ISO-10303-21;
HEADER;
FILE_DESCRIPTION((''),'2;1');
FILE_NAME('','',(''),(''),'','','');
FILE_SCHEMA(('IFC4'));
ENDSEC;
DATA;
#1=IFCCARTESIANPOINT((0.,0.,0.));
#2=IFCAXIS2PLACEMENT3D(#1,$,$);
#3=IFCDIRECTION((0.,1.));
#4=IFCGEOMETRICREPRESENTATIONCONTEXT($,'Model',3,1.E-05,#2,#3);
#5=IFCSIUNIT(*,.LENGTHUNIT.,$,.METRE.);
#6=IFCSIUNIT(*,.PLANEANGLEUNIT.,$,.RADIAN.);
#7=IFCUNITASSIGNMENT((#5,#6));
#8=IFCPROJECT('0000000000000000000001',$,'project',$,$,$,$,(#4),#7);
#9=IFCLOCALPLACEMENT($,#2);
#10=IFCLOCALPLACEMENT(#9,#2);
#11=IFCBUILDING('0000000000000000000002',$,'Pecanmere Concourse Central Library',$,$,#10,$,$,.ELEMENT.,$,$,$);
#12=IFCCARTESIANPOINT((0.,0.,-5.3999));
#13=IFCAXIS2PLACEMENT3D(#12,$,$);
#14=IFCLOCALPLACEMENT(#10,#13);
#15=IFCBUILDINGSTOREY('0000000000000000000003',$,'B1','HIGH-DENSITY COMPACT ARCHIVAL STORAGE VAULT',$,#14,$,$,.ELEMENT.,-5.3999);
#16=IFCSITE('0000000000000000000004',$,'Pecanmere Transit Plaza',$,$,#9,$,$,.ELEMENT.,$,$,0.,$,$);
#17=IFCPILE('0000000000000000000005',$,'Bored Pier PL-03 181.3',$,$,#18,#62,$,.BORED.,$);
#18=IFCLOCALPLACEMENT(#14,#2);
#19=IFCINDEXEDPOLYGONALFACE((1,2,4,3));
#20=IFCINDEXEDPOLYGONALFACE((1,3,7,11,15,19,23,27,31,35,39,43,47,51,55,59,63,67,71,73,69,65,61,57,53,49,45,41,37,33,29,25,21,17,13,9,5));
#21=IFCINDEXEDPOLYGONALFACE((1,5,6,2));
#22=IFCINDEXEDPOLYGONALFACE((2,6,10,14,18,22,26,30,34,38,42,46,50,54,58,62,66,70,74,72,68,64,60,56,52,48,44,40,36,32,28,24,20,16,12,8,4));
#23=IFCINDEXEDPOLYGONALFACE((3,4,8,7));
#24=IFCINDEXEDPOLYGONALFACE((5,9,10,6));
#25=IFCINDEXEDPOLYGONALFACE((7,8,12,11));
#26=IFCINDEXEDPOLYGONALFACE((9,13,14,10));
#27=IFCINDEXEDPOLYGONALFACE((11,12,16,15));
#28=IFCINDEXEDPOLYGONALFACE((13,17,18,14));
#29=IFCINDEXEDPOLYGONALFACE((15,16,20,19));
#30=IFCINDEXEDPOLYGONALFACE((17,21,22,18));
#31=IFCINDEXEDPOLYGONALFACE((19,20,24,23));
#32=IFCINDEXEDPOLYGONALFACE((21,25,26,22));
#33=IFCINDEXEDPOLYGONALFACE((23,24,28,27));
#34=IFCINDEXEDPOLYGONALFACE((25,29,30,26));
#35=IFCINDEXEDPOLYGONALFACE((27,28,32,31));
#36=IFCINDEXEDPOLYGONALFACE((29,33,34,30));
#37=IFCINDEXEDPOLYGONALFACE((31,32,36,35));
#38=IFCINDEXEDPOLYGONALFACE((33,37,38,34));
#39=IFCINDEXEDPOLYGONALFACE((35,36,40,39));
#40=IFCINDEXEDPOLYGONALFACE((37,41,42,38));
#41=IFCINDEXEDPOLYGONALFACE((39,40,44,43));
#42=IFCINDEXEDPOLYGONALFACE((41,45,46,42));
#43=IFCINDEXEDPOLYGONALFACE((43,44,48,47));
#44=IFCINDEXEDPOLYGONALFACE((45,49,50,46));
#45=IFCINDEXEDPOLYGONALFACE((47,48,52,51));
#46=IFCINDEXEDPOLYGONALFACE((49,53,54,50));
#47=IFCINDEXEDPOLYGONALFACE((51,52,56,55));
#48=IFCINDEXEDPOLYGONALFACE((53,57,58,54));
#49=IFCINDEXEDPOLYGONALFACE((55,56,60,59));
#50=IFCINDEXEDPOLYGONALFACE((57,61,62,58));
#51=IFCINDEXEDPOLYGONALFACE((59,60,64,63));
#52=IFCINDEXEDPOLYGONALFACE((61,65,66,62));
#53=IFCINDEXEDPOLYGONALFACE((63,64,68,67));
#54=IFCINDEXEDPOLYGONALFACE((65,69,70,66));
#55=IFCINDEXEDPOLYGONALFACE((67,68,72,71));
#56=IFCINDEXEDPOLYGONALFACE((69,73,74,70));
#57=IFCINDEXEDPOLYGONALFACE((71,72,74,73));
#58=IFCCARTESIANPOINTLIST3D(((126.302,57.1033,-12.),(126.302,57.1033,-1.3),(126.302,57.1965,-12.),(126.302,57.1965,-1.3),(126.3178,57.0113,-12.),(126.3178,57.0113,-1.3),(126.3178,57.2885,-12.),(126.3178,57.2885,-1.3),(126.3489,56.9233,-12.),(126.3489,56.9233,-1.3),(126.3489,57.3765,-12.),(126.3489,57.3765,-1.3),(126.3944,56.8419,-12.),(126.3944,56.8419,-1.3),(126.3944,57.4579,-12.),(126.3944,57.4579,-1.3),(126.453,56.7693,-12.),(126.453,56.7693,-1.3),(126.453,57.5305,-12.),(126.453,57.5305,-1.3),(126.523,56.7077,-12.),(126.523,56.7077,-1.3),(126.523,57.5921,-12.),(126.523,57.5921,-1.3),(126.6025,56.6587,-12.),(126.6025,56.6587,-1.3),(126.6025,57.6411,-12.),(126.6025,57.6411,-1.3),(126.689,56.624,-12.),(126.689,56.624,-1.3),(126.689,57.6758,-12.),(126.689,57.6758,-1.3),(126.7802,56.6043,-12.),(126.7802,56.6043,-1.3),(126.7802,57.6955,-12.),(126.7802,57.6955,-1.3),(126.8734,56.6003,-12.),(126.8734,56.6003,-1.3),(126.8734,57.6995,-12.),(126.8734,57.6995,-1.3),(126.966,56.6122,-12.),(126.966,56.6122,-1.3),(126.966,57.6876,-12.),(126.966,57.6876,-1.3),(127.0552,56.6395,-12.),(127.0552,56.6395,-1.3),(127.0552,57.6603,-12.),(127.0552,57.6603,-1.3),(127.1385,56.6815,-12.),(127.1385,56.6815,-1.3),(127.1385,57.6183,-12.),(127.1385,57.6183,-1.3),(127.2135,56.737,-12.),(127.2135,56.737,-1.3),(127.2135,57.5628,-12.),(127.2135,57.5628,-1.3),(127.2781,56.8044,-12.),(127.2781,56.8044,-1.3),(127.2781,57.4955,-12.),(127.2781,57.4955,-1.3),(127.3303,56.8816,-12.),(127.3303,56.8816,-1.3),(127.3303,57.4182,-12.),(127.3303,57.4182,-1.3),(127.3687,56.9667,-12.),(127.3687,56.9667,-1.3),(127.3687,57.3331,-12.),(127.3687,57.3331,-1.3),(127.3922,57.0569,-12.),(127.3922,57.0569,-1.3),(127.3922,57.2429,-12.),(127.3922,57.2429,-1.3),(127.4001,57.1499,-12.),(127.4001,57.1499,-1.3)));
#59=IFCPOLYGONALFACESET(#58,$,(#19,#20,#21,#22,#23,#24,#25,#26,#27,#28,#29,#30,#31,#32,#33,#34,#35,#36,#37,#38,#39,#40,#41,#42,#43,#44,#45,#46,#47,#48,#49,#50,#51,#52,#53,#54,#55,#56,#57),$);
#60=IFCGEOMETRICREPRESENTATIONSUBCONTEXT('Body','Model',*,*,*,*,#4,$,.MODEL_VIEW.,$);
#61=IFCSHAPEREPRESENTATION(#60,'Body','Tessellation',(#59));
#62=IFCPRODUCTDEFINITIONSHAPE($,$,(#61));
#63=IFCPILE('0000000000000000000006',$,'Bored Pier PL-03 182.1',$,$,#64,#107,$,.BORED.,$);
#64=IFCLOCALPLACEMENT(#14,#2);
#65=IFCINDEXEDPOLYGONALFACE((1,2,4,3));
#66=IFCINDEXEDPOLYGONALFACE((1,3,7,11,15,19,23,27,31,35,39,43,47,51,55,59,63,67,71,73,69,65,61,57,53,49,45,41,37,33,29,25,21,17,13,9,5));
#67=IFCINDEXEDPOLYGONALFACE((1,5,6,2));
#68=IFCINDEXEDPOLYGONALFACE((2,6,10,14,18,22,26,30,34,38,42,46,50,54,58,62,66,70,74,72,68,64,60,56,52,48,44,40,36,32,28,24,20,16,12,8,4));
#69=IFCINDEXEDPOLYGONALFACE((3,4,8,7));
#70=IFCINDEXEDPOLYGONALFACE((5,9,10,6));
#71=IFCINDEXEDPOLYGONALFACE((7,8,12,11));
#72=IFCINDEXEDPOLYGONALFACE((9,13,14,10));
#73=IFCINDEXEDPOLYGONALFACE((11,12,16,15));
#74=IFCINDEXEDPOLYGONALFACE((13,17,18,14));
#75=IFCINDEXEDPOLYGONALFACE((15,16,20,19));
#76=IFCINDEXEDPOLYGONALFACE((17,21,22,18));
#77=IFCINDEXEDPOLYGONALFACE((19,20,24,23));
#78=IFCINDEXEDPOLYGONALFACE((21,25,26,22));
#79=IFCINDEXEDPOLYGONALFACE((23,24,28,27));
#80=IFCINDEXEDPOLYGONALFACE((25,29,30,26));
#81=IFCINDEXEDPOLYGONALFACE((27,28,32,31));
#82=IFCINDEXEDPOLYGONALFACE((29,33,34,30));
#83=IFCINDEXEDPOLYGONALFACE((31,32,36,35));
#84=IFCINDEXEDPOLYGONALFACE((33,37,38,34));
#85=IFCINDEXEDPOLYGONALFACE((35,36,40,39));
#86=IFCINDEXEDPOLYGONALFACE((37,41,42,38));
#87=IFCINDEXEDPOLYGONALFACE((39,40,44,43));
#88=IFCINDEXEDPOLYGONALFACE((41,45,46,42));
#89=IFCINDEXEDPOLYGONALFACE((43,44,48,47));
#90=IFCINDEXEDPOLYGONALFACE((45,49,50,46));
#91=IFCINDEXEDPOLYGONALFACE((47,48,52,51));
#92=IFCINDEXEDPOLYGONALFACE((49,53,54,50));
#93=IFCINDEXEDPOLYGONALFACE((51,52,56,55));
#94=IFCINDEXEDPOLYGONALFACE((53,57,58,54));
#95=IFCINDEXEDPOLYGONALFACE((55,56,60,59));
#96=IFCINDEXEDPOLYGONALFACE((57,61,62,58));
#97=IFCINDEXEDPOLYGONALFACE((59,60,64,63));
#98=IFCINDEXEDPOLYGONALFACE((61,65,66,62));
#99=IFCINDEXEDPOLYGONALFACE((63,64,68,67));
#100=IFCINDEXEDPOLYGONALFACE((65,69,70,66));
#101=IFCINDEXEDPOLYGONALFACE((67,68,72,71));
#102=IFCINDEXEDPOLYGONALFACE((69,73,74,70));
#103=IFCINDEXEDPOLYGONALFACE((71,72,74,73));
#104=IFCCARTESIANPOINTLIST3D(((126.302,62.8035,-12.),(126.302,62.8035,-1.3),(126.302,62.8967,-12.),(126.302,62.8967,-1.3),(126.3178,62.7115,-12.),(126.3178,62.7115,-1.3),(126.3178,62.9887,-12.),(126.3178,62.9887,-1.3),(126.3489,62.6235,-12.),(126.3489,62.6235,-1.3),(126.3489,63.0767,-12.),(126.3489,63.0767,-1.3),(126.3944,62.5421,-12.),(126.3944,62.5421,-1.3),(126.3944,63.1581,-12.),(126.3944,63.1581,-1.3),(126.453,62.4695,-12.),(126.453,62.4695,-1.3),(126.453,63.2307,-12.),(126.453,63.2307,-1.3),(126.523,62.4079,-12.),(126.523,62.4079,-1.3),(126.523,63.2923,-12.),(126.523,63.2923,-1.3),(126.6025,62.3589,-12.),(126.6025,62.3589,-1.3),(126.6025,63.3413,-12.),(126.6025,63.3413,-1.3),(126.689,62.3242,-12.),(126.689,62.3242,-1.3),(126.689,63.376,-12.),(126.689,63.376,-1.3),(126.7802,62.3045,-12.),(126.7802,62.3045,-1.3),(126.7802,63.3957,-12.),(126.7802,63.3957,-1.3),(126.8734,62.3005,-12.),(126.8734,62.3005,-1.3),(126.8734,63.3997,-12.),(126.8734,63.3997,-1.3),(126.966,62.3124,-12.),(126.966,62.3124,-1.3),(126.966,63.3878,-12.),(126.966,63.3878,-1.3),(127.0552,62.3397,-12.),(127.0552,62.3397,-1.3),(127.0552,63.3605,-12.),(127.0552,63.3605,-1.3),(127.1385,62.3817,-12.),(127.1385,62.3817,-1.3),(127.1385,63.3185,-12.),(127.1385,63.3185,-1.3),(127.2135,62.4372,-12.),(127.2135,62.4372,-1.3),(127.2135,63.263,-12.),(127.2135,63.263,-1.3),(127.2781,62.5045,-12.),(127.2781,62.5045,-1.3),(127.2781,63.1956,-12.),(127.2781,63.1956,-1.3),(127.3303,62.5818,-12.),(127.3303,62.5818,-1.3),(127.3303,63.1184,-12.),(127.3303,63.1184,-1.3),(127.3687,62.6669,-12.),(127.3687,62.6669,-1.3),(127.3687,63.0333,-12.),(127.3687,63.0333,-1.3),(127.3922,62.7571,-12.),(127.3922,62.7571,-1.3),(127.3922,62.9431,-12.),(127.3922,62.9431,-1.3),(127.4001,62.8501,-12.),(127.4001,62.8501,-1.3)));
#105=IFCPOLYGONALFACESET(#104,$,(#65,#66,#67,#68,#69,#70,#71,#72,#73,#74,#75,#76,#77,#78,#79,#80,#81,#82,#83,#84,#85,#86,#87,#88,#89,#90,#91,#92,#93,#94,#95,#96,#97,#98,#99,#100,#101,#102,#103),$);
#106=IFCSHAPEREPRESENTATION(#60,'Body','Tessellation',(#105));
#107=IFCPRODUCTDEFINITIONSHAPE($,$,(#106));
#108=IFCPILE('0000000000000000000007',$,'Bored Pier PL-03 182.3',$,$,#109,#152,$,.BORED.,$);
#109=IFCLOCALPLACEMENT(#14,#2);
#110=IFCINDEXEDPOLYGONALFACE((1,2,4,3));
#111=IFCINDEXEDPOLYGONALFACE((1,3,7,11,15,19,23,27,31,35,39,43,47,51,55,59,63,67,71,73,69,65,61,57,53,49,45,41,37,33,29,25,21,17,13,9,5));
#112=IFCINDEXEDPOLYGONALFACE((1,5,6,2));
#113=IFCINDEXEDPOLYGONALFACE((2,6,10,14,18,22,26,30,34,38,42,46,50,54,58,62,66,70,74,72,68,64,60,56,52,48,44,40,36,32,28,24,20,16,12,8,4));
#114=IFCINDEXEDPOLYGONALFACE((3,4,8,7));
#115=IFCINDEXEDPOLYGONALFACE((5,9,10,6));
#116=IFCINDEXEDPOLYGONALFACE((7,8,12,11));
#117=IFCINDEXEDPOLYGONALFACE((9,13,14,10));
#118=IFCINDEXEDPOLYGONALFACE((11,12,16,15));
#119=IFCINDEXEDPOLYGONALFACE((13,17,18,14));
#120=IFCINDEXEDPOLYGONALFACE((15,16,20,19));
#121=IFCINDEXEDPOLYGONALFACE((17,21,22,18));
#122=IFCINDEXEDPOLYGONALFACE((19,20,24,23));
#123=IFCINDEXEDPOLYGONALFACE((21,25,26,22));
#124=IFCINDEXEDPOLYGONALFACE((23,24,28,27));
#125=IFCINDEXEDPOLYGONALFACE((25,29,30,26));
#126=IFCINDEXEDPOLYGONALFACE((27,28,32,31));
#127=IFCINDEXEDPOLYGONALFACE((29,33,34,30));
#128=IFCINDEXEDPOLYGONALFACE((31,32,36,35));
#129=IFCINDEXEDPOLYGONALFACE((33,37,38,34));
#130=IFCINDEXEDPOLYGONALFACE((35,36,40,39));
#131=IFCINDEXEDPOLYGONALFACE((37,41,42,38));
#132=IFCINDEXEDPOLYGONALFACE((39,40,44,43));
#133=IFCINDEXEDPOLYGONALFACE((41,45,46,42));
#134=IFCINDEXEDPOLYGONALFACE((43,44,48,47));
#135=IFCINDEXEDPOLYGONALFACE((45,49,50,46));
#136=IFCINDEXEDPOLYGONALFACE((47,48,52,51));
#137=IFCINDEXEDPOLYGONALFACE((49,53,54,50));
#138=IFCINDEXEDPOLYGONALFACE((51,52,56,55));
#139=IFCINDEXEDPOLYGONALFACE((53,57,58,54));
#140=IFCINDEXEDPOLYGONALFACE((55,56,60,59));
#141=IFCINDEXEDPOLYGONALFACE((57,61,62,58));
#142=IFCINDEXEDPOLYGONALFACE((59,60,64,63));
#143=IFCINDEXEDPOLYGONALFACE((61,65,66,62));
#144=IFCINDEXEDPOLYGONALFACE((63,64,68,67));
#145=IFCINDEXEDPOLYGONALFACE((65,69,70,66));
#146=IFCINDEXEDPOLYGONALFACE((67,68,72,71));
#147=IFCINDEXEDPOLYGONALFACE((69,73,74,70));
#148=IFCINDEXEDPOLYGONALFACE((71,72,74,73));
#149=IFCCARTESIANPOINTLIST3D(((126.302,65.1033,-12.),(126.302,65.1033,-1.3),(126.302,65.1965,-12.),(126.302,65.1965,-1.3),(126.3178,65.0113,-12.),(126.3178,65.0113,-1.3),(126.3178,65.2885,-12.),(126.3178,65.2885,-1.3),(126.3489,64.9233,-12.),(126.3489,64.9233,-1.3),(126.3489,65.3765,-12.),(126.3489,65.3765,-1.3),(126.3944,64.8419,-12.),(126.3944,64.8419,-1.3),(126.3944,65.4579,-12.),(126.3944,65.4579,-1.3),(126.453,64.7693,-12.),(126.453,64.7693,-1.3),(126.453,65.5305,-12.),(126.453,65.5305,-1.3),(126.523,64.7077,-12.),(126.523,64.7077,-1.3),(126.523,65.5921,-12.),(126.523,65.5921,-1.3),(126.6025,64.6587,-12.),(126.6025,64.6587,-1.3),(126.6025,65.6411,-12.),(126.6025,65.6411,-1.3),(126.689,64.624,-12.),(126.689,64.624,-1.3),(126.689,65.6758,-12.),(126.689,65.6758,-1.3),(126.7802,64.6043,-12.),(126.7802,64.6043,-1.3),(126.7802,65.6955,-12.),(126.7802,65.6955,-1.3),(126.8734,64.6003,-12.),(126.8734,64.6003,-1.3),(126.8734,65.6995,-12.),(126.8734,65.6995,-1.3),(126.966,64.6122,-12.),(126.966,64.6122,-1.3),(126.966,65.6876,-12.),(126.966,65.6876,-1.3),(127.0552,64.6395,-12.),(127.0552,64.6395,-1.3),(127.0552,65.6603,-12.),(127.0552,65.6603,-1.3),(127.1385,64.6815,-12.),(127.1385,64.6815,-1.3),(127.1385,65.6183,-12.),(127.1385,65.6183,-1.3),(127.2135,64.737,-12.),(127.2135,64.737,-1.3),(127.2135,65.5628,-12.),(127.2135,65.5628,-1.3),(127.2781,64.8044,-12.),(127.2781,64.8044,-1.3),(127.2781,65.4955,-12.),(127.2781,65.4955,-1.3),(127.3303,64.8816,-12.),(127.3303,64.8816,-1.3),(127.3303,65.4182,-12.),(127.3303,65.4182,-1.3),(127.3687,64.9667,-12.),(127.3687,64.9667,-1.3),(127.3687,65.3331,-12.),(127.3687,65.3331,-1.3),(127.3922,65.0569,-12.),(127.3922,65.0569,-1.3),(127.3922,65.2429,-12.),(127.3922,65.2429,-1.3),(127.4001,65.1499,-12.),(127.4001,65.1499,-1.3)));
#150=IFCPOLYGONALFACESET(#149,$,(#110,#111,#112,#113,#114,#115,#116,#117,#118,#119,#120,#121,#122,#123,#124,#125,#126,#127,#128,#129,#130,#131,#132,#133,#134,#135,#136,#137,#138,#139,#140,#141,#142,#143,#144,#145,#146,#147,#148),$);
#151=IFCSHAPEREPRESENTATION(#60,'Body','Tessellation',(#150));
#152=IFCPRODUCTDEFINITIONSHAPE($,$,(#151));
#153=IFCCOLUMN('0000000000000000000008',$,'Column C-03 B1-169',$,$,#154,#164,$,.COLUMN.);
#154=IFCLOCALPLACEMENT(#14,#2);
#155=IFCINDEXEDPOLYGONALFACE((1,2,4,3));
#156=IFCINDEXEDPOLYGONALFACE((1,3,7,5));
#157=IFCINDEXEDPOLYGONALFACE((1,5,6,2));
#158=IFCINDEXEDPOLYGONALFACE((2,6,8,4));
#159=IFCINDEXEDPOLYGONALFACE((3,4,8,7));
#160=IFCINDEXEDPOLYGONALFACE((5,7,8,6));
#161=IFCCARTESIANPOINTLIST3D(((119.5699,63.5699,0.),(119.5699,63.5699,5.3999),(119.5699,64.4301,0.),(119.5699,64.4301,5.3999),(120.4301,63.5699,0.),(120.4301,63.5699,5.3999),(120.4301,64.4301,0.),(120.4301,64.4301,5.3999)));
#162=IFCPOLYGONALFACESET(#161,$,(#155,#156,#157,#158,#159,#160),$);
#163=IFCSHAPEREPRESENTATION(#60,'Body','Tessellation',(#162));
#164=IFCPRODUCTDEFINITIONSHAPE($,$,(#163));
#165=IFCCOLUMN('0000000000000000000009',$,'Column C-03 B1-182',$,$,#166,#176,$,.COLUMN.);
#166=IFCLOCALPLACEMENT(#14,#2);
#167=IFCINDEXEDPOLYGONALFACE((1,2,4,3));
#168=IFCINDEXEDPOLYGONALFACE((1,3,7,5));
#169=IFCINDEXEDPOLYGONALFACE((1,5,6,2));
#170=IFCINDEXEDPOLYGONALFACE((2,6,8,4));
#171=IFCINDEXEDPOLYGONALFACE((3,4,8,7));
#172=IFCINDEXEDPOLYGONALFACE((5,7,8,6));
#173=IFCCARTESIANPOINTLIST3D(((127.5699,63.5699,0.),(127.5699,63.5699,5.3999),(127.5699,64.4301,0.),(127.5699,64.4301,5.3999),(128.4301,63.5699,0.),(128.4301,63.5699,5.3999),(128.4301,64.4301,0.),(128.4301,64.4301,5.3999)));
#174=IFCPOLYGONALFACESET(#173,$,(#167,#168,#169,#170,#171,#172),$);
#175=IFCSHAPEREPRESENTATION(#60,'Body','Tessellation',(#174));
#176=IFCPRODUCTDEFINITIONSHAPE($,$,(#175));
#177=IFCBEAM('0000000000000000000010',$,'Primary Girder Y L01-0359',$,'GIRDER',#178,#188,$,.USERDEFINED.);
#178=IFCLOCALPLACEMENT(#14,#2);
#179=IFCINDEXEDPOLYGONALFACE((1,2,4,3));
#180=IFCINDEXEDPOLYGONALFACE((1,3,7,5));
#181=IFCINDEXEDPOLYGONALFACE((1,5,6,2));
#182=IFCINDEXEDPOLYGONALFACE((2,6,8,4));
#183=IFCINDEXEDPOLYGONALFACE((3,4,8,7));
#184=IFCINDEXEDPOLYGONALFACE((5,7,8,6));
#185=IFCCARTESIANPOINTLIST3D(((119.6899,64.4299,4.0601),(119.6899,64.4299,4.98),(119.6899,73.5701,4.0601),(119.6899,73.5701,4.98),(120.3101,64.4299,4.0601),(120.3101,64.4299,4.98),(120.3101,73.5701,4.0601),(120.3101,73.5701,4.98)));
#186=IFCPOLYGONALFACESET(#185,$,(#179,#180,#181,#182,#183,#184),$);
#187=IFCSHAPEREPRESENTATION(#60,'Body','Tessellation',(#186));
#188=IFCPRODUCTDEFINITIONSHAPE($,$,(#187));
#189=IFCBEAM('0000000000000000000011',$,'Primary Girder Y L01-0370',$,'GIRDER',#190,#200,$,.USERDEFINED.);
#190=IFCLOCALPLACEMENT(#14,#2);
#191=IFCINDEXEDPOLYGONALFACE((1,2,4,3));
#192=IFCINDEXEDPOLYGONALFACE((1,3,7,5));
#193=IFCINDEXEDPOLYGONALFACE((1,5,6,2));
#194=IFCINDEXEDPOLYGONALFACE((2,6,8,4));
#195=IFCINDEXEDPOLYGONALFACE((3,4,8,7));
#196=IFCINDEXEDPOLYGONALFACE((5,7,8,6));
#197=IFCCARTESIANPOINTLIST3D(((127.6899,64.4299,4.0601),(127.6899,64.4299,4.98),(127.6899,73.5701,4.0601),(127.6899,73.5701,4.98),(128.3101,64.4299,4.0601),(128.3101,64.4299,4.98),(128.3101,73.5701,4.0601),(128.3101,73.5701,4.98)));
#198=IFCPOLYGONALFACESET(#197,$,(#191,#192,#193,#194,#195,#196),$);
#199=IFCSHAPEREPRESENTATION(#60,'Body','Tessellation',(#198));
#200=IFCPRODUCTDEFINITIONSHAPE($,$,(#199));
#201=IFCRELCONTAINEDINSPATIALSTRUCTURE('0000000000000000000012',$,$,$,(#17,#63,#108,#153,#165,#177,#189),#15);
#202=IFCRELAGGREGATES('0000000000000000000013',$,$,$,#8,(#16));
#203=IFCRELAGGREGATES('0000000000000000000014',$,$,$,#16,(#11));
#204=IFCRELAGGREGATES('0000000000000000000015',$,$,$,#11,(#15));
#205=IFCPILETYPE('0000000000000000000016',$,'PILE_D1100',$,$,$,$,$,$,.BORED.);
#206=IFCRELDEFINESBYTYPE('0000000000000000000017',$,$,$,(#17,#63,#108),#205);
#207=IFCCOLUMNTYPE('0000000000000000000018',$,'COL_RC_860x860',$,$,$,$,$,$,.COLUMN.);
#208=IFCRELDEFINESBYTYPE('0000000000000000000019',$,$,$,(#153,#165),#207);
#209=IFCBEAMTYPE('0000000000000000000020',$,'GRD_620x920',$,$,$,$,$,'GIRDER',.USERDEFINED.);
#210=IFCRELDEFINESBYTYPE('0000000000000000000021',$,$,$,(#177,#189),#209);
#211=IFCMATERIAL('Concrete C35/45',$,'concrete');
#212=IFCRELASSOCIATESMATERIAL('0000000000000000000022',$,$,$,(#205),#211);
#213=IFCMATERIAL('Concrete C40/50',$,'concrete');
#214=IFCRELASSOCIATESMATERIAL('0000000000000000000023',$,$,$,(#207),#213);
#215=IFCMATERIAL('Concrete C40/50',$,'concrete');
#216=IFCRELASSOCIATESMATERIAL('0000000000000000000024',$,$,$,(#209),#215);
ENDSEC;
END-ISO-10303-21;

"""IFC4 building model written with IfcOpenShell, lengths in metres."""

from ifc_helpers import new_model, si_unit, direction, frame, origin, origin_2d, place, context, subcontext, project, spatial, rectangle, circle, extrude, material, material_profile, profile_set, type_object, element, save


model = new_model("IFC4")

# Units and contexts
model_context = context("Model", 3, precision=1e-05, world=origin(), true_north=direction((0.0, 1.0)))
body_context = subcontext(model_context, "Body", "Model", "MODEL_VIEW")
ifc_project = project(units=[si_unit("LENGTHUNIT", "METRE"), si_unit("PLANEANGLEUNIT", "RADIAN")], contexts=[model_context])

# Site, building, storey
site_placement = place(None, origin())
site = spatial("IfcSite", under=ifc_project, at=site_placement, Name="Pecanmere Transit Plaza", CompositionType="ELEMENT", RefElevation=0.0)
building_placement = place(site_placement, origin())
building = spatial("IfcBuilding", under=site, at=building_placement, Name="Pecanmere Concourse Central Library", CompositionType="ELEMENT")
storey_placement = place(building_placement, frame((0.0, 0.0, -5.3999)))
storey = spatial("IfcBuildingStorey", under=building, at=storey_placement, Name="B1", Description="HIGH-DENSITY COMPACT ARCHIVAL STORAGE VAULT", CompositionType="ELEMENT", Elevation=-5.3999)

# Piles
ifc_material_1 = material(Name="Concrete C35/45", Category="concrete")
ifc_material_profile_1 = material_profile(ifc_material_1, circle(Radius=0.55, at=origin_2d()), Name="PIER D1100")
ifc_profile_set_1 = profile_set([ifc_material_profile_1], Name="Concrete C35/45")
pile_type = type_object("IfcPileType", Name="PILE_D1100", PredefinedType="BORED", material=ifc_profile_set_1)
for number, where, z_axis, x_axis, name in (
    (1, (126.8501, 57.1499, -1.3), (0.0, 0.0, -1.0), (1.0, 0.0, 0.0), "Bored Pier PL-03 181.3"),
    (2, (126.8501, 62.8501, -1.3), (0.0, 0.0, -1.0), (1.0, 0.0, 0.0), "Bored Pier PL-03 182.1"),
    (3, (126.8501, 65.1499, -1.3), (0.0, 0.0, -1.0), (1.0, 0.0, 0.0), "Bored Pier PL-03 182.3"),
):
    element("IfcPile", number, at=place(storey_placement, frame(where, z_axis=z_axis, x_axis=x_axis)), inside=storey, type_object=pile_type, Name=name, PredefinedType="BORED", context=body_context, shape_type="SweptSolid", body=[
        extrude(circle(Radius=0.55, at=origin_2d()), origin(), (0.0, 0.0, 1.0), 10.7),
    ])

# Columns
ifc_material_2 = material(Name="Concrete C40/50", Category="concrete")
ifc_material_profile_2 = material_profile(ifc_material_2, rectangle(XDim=0.8601, YDim=0.8601, at=origin_2d()), Name="RC 860x860")
ifc_profile_set_2 = profile_set([ifc_material_profile_2], Name="Concrete C40/50")
column_type = type_object("IfcColumnType", Name="COL_RC_860x860", PredefinedType="COLUMN", material=ifc_profile_set_2)
for number, where, z_axis, x_axis, name in (
    (4, (120.0, 64.0, 0.0), (0.0, 0.0, 1.0), (1.0, 0.0, 0.0), "Column C-03 B1-169"),
    (5, (128.0, 64.0, 0.0), (0.0, 0.0, 1.0), (1.0, 0.0, 0.0), "Column C-03 B1-182"),
):
    element("IfcColumn", number, at=place(storey_placement, frame(where, z_axis=z_axis, x_axis=x_axis)), inside=storey, type_object=column_type, Name=name, PredefinedType="COLUMN", context=body_context, shape_type="SweptSolid", body=[
        extrude(rectangle(XDim=0.8601, YDim=0.8601, at=origin_2d()), origin(), (0.0, 0.0, 1.0), 5.3999),
    ])

# Beams
ifc_material_3 = material(Name="Concrete C40/50", Category="concrete")
ifc_material_profile_3 = material_profile(ifc_material_3, rectangle(XDim=0.6201, YDim=0.9199, at=origin_2d()), Name="RC 620x920")
ifc_profile_set_3 = profile_set([ifc_material_profile_3], Name="Concrete C40/50")
beam_type_1 = type_object("IfcBeamType", Name="GRD_620x920", ElementType="GIRDER", PredefinedType="USERDEFINED", material=ifc_profile_set_3)
for number, where, z_axis, x_axis, name in (
    (6, (120.0, 64.4299, 4.52), (0.0, 1.0, 0.0), (-1.0, 0.0, 0.0), "Primary Girder Y L01-0359"),
    (7, (128.0, 64.4299, 4.52), (0.0, 1.0, 0.0), (-1.0, 0.0, 0.0), "Primary Girder Y L01-0370"),
):
    element("IfcBeam", number, at=place(storey_placement, frame(where, z_axis=z_axis, x_axis=x_axis)), inside=storey, type_object=beam_type_1, Name=name, ObjectType="GIRDER", PredefinedType="USERDEFINED", context=body_context, shape_type="SweptSolid", body=[
        extrude(rectangle(XDim=0.6201, YDim=0.9199, at=origin_2d()), origin(), (0.0, 0.0, 1.0), 9.1401),
    ])

save(model, "model.ifc")
